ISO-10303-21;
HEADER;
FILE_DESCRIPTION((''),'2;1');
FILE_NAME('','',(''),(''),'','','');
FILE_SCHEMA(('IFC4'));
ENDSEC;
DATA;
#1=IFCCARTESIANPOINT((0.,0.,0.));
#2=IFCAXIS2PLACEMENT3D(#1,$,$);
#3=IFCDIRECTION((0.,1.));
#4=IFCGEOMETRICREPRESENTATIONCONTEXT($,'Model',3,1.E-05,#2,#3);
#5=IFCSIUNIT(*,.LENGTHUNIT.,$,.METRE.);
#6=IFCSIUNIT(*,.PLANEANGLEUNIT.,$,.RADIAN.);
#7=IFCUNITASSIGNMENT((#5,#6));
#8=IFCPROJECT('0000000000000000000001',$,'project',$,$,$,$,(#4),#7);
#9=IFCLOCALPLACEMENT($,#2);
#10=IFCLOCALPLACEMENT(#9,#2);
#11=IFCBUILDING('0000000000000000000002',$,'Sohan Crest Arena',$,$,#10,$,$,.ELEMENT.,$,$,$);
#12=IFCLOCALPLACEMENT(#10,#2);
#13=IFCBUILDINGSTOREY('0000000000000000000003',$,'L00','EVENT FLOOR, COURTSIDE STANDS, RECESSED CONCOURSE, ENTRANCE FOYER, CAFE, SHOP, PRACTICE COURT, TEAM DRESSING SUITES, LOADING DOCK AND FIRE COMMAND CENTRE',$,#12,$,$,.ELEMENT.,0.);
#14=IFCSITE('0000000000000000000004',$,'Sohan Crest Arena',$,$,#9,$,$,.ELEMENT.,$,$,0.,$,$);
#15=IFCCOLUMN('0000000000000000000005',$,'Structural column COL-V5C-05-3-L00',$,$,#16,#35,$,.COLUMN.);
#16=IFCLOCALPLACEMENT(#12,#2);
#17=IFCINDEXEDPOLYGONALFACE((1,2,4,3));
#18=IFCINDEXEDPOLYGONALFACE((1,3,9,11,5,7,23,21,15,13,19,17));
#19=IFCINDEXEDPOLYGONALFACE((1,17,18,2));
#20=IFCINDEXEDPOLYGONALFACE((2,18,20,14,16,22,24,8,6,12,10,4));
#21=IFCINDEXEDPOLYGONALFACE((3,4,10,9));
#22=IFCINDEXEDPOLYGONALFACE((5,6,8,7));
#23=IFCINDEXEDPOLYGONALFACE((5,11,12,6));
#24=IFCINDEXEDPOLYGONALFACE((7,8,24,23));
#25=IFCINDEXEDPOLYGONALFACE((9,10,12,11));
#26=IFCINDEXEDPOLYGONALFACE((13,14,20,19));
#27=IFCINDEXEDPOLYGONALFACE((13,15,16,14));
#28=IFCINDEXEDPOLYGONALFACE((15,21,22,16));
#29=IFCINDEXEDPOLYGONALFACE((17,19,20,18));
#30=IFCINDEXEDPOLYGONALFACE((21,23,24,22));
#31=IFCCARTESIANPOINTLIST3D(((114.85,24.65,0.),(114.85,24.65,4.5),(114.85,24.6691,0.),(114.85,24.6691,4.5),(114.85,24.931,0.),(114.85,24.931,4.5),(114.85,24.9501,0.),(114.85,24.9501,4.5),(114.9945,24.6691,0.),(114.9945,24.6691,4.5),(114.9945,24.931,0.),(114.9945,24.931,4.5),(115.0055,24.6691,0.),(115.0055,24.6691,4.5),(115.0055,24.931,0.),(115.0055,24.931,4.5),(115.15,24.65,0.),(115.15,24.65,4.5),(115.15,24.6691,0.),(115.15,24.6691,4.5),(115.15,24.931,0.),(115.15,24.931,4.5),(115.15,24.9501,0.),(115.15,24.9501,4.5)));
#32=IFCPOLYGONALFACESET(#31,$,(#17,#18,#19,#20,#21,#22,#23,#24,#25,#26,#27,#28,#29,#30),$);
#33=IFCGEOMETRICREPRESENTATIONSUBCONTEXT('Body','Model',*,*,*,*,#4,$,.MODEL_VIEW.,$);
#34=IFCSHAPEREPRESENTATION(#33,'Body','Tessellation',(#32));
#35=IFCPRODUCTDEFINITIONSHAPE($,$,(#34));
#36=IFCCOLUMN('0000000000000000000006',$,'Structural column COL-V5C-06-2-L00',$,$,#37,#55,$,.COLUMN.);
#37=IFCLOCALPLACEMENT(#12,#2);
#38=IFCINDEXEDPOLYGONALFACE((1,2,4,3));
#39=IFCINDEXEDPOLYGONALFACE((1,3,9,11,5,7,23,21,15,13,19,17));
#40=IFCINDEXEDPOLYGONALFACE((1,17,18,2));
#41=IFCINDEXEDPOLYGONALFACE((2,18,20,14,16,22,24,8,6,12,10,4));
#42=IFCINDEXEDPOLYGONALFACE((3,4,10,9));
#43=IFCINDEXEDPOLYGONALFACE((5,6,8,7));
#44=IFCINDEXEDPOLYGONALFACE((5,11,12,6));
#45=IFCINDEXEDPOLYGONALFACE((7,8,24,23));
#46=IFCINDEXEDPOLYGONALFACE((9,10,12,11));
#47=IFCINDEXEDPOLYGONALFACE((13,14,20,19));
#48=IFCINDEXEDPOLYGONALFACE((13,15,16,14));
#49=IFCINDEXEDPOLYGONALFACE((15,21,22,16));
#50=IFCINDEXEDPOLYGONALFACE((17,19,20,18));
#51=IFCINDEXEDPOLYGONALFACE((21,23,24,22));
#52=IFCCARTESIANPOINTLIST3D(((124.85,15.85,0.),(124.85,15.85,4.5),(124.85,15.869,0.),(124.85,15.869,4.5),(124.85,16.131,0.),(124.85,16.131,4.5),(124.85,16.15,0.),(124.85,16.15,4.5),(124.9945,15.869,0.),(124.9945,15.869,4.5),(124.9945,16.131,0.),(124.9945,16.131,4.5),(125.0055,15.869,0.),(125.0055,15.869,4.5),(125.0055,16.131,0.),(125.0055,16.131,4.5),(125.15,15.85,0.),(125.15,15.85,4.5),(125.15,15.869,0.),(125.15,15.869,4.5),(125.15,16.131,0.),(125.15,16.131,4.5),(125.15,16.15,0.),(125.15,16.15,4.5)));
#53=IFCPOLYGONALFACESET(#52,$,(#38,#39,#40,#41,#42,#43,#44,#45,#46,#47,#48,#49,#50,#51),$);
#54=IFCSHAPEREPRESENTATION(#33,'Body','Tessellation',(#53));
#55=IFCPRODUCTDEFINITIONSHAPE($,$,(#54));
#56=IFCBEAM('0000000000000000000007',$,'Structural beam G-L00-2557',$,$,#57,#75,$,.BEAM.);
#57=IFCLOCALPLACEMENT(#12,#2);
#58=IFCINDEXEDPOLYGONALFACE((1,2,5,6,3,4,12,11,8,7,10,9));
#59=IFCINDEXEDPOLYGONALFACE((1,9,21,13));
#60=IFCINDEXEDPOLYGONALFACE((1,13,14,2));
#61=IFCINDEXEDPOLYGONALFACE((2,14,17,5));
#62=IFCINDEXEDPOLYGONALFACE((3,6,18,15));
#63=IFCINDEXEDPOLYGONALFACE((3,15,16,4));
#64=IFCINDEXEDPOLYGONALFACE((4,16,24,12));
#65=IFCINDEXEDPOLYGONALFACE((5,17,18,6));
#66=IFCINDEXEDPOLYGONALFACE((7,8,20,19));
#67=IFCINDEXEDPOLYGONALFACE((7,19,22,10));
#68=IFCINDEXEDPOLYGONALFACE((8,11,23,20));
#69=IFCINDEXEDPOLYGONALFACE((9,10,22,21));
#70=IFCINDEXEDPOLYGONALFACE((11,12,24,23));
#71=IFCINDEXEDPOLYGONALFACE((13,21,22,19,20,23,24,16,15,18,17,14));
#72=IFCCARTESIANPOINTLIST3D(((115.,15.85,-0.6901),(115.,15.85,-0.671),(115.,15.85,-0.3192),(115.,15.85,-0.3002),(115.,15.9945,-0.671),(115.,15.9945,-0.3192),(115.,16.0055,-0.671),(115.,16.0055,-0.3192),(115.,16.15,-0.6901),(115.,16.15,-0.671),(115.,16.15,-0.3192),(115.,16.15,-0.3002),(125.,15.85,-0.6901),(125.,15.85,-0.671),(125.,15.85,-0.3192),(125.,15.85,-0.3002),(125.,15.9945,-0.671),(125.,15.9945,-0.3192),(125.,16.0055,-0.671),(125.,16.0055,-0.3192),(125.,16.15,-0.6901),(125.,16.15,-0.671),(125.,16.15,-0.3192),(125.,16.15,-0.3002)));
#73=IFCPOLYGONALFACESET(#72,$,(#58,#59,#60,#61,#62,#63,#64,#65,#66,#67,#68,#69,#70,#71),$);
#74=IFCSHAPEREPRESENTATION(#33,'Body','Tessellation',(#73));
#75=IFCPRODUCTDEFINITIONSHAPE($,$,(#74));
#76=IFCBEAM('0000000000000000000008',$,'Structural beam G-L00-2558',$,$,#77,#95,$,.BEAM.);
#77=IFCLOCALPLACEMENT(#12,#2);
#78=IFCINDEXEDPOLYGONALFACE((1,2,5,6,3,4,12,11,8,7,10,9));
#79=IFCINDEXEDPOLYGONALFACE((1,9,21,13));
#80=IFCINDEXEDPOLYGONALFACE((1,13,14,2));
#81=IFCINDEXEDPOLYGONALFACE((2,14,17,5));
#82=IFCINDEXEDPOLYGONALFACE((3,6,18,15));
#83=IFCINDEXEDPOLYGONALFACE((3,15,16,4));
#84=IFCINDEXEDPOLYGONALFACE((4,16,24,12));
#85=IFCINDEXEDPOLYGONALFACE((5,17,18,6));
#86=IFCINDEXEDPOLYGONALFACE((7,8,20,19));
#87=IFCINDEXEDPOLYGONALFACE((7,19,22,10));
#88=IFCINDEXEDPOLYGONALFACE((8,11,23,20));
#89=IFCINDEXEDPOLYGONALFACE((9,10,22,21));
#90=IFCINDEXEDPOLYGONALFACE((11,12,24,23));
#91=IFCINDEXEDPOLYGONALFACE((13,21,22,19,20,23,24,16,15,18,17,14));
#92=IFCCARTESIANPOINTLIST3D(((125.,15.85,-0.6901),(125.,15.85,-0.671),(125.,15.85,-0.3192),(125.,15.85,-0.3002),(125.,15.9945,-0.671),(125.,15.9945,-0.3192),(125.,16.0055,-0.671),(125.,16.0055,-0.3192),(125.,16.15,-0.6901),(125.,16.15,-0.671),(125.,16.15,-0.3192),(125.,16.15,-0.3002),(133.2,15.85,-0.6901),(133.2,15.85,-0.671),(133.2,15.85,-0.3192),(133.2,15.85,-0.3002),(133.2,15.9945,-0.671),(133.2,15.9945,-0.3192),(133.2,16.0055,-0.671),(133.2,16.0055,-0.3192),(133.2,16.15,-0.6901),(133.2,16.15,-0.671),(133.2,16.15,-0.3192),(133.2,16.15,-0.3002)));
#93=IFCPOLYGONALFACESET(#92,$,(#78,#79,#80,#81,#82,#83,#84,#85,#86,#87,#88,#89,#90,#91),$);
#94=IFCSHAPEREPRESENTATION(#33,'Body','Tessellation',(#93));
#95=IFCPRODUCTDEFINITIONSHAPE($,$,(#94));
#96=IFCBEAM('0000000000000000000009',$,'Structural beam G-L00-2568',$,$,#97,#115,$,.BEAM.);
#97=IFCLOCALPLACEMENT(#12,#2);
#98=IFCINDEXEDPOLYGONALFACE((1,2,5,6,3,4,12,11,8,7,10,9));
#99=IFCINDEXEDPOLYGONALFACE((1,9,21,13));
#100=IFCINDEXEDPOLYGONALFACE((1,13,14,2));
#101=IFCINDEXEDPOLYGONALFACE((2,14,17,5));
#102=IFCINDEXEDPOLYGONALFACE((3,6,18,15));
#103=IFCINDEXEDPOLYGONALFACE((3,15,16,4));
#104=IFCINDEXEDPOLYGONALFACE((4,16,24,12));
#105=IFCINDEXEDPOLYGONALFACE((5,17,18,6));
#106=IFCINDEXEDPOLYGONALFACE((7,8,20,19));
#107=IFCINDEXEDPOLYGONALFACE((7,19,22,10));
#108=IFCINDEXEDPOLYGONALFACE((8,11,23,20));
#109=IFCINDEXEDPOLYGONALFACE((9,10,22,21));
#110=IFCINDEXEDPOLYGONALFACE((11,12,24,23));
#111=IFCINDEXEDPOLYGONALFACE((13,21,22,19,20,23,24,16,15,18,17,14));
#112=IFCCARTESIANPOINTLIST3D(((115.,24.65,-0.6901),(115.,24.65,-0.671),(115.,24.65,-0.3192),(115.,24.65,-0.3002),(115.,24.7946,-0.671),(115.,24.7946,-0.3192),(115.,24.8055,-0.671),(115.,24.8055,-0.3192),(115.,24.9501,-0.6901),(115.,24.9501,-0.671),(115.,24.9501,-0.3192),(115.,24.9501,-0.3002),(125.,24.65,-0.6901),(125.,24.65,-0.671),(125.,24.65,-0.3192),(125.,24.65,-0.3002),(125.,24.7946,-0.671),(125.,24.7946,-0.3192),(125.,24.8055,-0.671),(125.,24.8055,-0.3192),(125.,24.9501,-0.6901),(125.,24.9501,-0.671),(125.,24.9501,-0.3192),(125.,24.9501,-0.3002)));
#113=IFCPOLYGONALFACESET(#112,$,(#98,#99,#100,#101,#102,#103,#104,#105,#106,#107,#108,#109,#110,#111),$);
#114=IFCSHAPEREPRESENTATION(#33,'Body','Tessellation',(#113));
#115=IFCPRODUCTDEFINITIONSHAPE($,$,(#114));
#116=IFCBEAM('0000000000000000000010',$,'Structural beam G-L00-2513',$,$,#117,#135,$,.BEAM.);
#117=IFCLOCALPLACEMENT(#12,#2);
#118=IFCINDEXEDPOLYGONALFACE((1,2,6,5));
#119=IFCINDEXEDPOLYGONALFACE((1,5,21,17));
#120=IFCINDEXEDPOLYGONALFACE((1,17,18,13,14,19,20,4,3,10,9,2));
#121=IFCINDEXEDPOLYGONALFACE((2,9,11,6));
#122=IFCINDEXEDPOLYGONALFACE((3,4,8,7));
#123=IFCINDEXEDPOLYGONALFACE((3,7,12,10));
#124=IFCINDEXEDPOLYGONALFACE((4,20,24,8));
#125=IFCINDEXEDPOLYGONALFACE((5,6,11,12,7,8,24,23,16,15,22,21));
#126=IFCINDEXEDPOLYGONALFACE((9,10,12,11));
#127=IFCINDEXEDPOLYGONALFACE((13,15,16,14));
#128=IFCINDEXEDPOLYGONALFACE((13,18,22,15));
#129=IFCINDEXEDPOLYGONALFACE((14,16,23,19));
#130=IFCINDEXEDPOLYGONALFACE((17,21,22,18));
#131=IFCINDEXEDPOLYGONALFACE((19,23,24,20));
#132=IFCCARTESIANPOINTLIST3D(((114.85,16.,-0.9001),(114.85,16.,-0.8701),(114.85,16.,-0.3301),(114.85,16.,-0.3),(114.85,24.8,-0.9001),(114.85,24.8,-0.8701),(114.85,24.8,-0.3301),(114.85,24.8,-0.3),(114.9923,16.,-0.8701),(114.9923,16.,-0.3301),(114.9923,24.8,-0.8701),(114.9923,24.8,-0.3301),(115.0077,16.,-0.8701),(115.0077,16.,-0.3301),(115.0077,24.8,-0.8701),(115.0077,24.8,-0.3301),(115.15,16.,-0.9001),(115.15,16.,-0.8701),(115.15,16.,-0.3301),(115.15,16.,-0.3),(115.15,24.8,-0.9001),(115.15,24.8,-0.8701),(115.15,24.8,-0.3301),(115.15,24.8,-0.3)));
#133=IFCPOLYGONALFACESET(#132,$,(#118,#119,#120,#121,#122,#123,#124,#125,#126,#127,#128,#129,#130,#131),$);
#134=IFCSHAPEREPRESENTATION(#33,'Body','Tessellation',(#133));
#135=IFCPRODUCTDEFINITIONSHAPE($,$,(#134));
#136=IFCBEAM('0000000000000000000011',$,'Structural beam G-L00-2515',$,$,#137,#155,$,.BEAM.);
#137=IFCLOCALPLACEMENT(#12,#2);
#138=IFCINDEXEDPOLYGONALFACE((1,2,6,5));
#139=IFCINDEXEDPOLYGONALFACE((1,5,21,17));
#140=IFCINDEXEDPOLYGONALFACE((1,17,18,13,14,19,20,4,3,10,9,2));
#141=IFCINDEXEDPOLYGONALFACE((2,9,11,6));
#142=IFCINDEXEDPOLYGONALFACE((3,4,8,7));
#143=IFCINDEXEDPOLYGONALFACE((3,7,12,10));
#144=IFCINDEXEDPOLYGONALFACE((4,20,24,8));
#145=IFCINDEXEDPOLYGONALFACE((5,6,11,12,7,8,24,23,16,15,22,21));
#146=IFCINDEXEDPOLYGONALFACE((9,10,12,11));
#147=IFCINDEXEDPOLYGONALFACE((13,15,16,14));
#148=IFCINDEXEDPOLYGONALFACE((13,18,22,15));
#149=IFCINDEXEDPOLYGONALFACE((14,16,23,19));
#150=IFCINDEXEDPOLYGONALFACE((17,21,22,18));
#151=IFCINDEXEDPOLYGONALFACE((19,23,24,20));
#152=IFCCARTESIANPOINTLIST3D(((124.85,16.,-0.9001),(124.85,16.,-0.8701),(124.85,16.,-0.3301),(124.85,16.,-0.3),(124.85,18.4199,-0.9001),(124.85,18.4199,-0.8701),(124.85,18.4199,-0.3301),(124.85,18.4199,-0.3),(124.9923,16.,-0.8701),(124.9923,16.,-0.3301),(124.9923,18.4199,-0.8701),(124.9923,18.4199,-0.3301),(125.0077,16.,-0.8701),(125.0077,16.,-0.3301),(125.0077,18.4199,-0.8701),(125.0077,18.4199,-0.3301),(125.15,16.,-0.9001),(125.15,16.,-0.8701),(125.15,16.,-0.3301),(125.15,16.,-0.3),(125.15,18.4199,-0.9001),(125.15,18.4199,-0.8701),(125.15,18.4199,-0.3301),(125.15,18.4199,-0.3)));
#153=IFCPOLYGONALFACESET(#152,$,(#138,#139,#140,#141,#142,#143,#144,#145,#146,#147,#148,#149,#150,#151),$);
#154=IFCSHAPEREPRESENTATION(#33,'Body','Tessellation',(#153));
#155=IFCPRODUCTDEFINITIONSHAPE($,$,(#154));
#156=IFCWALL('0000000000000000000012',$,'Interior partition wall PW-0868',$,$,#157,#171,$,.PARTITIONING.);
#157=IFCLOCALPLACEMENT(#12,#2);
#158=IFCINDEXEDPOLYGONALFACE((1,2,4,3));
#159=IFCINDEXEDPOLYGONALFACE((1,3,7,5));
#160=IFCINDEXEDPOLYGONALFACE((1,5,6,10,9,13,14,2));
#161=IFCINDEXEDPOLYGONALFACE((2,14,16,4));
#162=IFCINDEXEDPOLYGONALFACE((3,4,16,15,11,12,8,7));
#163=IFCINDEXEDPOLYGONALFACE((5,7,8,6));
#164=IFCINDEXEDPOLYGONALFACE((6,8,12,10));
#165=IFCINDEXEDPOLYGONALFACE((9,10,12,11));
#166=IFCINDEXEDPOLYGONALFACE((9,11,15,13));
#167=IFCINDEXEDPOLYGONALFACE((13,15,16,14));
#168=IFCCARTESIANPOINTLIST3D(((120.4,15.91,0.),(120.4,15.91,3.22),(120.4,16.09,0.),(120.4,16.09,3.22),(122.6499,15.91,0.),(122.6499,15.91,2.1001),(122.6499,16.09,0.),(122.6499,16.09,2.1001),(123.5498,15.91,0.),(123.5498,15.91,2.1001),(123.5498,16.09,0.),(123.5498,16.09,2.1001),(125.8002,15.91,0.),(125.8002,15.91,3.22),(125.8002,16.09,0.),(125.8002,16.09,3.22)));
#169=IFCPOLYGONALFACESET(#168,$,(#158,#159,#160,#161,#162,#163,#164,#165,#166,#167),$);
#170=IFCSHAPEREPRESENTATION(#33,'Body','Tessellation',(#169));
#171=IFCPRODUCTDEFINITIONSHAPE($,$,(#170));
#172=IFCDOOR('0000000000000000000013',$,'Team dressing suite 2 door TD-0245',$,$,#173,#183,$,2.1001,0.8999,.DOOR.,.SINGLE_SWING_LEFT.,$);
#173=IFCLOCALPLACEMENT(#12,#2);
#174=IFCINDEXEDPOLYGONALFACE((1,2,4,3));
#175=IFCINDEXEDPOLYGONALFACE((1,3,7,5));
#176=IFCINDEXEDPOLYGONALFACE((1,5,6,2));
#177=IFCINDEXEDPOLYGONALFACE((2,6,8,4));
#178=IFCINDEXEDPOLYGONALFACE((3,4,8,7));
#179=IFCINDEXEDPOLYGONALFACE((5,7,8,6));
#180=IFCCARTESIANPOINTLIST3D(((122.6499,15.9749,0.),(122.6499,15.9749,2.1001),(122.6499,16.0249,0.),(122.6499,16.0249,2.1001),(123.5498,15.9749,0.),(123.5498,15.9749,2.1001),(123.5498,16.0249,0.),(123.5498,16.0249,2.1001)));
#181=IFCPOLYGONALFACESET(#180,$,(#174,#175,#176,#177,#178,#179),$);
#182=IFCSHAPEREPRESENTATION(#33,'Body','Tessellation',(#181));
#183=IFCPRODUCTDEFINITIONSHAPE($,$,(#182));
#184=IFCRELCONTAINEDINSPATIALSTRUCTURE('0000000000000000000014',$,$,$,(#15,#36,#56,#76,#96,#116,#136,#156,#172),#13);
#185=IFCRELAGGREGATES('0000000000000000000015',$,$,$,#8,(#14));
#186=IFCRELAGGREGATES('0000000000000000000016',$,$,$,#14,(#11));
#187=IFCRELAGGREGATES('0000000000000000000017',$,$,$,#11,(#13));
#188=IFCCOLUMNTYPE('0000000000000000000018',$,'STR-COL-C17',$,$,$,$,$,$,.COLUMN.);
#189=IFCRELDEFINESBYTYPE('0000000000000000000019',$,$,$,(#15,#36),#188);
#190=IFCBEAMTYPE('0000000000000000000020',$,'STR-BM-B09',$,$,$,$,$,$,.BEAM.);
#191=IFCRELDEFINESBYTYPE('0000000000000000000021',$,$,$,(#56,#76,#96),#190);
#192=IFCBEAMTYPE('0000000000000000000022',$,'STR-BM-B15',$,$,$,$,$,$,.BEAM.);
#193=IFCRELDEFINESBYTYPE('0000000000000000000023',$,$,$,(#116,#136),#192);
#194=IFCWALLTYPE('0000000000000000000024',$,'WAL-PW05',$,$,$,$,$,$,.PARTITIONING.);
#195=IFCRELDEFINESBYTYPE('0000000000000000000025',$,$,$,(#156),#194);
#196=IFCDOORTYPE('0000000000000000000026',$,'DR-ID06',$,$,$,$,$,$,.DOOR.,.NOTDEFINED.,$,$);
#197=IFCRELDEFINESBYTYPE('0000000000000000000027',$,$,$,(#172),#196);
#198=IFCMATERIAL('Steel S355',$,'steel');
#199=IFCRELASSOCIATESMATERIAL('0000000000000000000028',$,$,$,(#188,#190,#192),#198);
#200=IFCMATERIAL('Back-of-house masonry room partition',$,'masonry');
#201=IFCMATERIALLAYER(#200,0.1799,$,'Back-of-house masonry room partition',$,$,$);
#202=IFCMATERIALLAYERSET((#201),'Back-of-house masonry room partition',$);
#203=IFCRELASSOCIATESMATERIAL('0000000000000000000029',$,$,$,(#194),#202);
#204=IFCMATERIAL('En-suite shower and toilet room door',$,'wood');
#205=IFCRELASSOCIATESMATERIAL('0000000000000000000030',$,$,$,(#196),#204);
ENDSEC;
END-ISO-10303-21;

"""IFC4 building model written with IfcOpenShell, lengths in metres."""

from ifc_helpers import new_model, si_unit, direction, frame, frame_2d, origin, origin_2d, place, context, subcontext, project, spatial, rectangle, i_section, extrude, material, layer, layer_set, material_profile, profile_set, type_object, element, fill, save


model = new_model("IFC4")

# Units and contexts
model_context = context("Model", 3, precision=1e-05, world=origin(), true_north=direction((0.0, 1.0)))
body_context = subcontext(model_context, "Body", "Model", "MODEL_VIEW")
ifc_project = project(units=[si_unit("LENGTHUNIT", "METRE"), si_unit("PLANEANGLEUNIT", "RADIAN")], contexts=[model_context])

# Site, building, storey
site_placement = place(None, origin())
site = spatial("IfcSite", under=ifc_project, at=site_placement, Name="Sohan Crest Arena", CompositionType="ELEMENT", RefElevation=0.0)
building_placement = place(site_placement, origin())
building = spatial("IfcBuilding", under=site, at=building_placement, Name="Sohan Crest Arena", CompositionType="ELEMENT")
storey_placement = place(building_placement, origin())
storey = spatial("IfcBuildingStorey", under=building, at=storey_placement, Name="L00", Description="EVENT FLOOR, COURTSIDE STANDS, RECESSED CONCOURSE, ENTRANCE FOYER, CAFE, SHOP, PRACTICE COURT, TEAM DRESSING SUITES, LOADING DOCK AND FIRE COMMAND CENTRE", CompositionType="ELEMENT", Elevation=0.0)

# Columns
ifc_material_1 = material(Name="Steel S355", Category="steel")
ifc_material_profile_1 = material_profile(ifc_material_1, i_section(OverallWidth=0.3, OverallDepth=0.3, WebThickness=0.011, FlangeThickness=0.019, at=origin_2d()), Name="HEB 300")
ifc_profile_set_1 = profile_set([ifc_material_profile_1], Name="Steel S355")
column_type = type_object("IfcColumnType", Name="STR-COL-C17", PredefinedType="COLUMN", material=ifc_profile_set_1)
for number, where, z_axis, x_axis, name in (
    (1, (115.0, 24.8, 0.0), (0.0, 0.0, 1.0), (1.0, 0.0, 0.0), "Structural column COL-V5C-05-3-L00"),
    (2, (125.0, 16.0, 0.0), (0.0, 0.0, 1.0), (1.0, 0.0, 0.0), "Structural column COL-V5C-06-2-L00"),
):
    element("IfcColumn", number, at=place(storey_placement, frame(where, z_axis=z_axis, x_axis=x_axis)), inside=storey, type_object=column_type, Name=name, PredefinedType="COLUMN", context=body_context, shape_type="SweptSolid", body=[
        extrude(i_section(OverallWidth=0.3, OverallDepth=0.3, WebThickness=0.011, FlangeThickness=0.019, at=origin_2d()), origin(), (0.0, 0.0, 1.0), 4.5),
    ])

# Beams
ifc_material_profile_2 = material_profile(ifc_material_1, i_section(OverallWidth=0.3, OverallDepth=0.3899, WebThickness=0.011, FlangeThickness=0.019, at=origin_2d()), Name="HEA 400")
ifc_profile_set_2 = profile_set([ifc_material_profile_2], Name="Steel S355")
beam_type_1 = type_object("IfcBeamType", Name="STR-BM-B09", PredefinedType="BEAM", material=ifc_profile_set_2)
beam_1_placement = place(storey_placement, frame((115.0, 16.0, -0.4951), z_axis=(1.0, 0.0, 0.0), x_axis=(0.0, 1.0, 0.0)))
element("IfcBeam", 3, at=beam_1_placement, inside=storey, type_object=beam_type_1, Name="Structural beam G-L00-2557", PredefinedType="BEAM", context=body_context, shape_type="SweptSolid", body=[
    extrude(i_section(OverallWidth=0.3, OverallDepth=0.3899, WebThickness=0.011, FlangeThickness=0.019, at=origin_2d()), origin(), (0.0, 0.0, 1.0), 10.0),
])
beam_2_placement = place(storey_placement, frame((125.0, 16.0, -0.4951), z_axis=(1.0, 0.0, 0.0), x_axis=(0.0, 1.0, 0.0)))
element("IfcBeam", 4, at=beam_2_placement, inside=storey, type_object=beam_type_1, Name="Structural beam G-L00-2558", PredefinedType="BEAM", context=body_context, shape_type="SweptSolid", body=[
    extrude(i_section(OverallWidth=0.3, OverallDepth=0.3899, WebThickness=0.011, FlangeThickness=0.019, at=origin_2d()), origin(), (0.0, 0.0, 1.0), 8.2),
])
beam_3_placement = place(storey_placement, frame((115.0, 24.8, -0.4951), z_axis=(1.0, 0.0, 0.0), x_axis=(0.0, 1.0, 0.0)))
element("IfcBeam", 5, at=beam_3_placement, inside=storey, type_object=beam_type_1, Name="Structural beam G-L00-2568", PredefinedType="BEAM", context=body_context, shape_type="SweptSolid", body=[
    extrude(i_section(OverallWidth=0.3, OverallDepth=0.3899, WebThickness=0.011, FlangeThickness=0.019, at=origin_2d()), origin(), (0.0, 0.0, 1.0), 10.0),
])
ifc_material_profile_3 = material_profile(ifc_material_1, i_section(OverallWidth=0.3, OverallDepth=0.6001, WebThickness=0.0154, FlangeThickness=0.03, at=origin_2d()), Name="HEB 600")
ifc_profile_set_3 = profile_set([ifc_material_profile_3], Name="Steel S355")
beam_type_2 = type_object("IfcBeamType", Name="STR-BM-B15", PredefinedType="BEAM", material=ifc_profile_set_3)
beam_4_placement = place(storey_placement, frame((115.0, 16.0, -0.6001), z_axis=(0.0, 1.0, 0.0), x_axis=(-1.0, 0.0, 0.0)))
element("IfcBeam", 6, at=beam_4_placement, inside=storey, type_object=beam_type_2, Name="Structural beam G-L00-2513", PredefinedType="BEAM", context=body_context, shape_type="SweptSolid", body=[
    extrude(i_section(OverallWidth=0.3, OverallDepth=0.6001, WebThickness=0.0154, FlangeThickness=0.03, at=origin_2d()), origin(), (0.0, 0.0, 1.0), 8.8),
])
beam_5_placement = place(storey_placement, frame((125.0, 16.0, -0.6001), z_axis=(0.0, 1.0, 0.0), x_axis=(-1.0, 0.0, 0.0)))
element("IfcBeam", 7, at=beam_5_placement, inside=storey, type_object=beam_type_2, Name="Structural beam G-L00-2515", PredefinedType="BEAM", context=body_context, shape_type="SweptSolid", body=[
    extrude(i_section(OverallWidth=0.3, OverallDepth=0.6001, WebThickness=0.0154, FlangeThickness=0.03, at=origin_2d()), origin(), (0.0, 0.0, 1.0), 2.4199),
])

# Wall, opening, door
ifc_material_2 = material(Name="Back-of-house masonry room partition", Category="masonry")
ifc_layer_1 = layer(ifc_material_2, 0.1799, Name="Back-of-house masonry room partition")
ifc_layer_set_1 = layer_set([ifc_layer_1], Name="Back-of-house masonry room partition")
wall_type_1 = type_object("IfcWallType", Name="WAL-PW05", PredefinedType="PARTITIONING", material=ifc_layer_set_1)
wall_1_placement = place(storey_placement, frame((120.3999, 16.0, 0.0), z_axis=(0.0, 0.0, 1.0), x_axis=(1.0, 0.0, 0.0)))
wall_1 = element("IfcWall", 8, at=wall_1_placement, inside=storey, type_object=wall_type_1, Name="Interior partition wall PW-0868", PredefinedType="PARTITIONING", context=body_context, shape_type="SweptSolid", body=[
    extrude(rectangle(XDim=5.4001, YDim=0.1799, at=frame_2d((2.7002, 0.0))), origin(), (0.0, 0.0, 1.0), 3.22),
])
opening_1_placement = place(wall_1_placement, frame((2.25, 0.0, 0.0)))
opening_1 = element("IfcOpeningElement", 9, at=opening_1_placement, cuts=wall_1, PredefinedType="OPENING", context=body_context, shape_type="SweptSolid", body=[
    extrude(rectangle(XDim=0.8999, YDim=2.1001, at=frame_2d((0.45, 1.05))), frame((0.0, 0.0999, 0.0), z_axis=(0.0, -1.0, 0.0), x_axis=(1.0, 0.0, 0.0)), (0.0, 0.0, 1.0), 0.2),
])
ifc_material_3 = material(Name="En-suite shower and toilet room door", Category="wood")
door_type_1 = type_object("IfcDoorType", Name="DR-ID06", OperationType="NOTDEFINED", PredefinedType="DOOR", material=ifc_material_3)
door_1_placement = place(opening_1_placement, origin())
door_1 = element("IfcDoor", 10, at=door_1_placement, inside=storey, type_object=door_type_1, Name="Team dressing suite 2 door TD-0245", OperationType="SINGLE_SWING_LEFT", OverallHeight=2.1001, OverallWidth=0.8999, PredefinedType="DOOR", context=body_context, shape_type="SweptSolid", body=[
    extrude(rectangle(XDim=0.8999, YDim=2.1001, at=frame_2d((0.45, 1.05))), frame((0.0, 0.0249, 0.0), z_axis=(0.0, -1.0, 0.0), x_axis=(1.0, 0.0, 0.0)), (0.0, 0.0, 1.0), 0.05),
])
fill(opening_1, door_1)

save(model, "model.ifc")
